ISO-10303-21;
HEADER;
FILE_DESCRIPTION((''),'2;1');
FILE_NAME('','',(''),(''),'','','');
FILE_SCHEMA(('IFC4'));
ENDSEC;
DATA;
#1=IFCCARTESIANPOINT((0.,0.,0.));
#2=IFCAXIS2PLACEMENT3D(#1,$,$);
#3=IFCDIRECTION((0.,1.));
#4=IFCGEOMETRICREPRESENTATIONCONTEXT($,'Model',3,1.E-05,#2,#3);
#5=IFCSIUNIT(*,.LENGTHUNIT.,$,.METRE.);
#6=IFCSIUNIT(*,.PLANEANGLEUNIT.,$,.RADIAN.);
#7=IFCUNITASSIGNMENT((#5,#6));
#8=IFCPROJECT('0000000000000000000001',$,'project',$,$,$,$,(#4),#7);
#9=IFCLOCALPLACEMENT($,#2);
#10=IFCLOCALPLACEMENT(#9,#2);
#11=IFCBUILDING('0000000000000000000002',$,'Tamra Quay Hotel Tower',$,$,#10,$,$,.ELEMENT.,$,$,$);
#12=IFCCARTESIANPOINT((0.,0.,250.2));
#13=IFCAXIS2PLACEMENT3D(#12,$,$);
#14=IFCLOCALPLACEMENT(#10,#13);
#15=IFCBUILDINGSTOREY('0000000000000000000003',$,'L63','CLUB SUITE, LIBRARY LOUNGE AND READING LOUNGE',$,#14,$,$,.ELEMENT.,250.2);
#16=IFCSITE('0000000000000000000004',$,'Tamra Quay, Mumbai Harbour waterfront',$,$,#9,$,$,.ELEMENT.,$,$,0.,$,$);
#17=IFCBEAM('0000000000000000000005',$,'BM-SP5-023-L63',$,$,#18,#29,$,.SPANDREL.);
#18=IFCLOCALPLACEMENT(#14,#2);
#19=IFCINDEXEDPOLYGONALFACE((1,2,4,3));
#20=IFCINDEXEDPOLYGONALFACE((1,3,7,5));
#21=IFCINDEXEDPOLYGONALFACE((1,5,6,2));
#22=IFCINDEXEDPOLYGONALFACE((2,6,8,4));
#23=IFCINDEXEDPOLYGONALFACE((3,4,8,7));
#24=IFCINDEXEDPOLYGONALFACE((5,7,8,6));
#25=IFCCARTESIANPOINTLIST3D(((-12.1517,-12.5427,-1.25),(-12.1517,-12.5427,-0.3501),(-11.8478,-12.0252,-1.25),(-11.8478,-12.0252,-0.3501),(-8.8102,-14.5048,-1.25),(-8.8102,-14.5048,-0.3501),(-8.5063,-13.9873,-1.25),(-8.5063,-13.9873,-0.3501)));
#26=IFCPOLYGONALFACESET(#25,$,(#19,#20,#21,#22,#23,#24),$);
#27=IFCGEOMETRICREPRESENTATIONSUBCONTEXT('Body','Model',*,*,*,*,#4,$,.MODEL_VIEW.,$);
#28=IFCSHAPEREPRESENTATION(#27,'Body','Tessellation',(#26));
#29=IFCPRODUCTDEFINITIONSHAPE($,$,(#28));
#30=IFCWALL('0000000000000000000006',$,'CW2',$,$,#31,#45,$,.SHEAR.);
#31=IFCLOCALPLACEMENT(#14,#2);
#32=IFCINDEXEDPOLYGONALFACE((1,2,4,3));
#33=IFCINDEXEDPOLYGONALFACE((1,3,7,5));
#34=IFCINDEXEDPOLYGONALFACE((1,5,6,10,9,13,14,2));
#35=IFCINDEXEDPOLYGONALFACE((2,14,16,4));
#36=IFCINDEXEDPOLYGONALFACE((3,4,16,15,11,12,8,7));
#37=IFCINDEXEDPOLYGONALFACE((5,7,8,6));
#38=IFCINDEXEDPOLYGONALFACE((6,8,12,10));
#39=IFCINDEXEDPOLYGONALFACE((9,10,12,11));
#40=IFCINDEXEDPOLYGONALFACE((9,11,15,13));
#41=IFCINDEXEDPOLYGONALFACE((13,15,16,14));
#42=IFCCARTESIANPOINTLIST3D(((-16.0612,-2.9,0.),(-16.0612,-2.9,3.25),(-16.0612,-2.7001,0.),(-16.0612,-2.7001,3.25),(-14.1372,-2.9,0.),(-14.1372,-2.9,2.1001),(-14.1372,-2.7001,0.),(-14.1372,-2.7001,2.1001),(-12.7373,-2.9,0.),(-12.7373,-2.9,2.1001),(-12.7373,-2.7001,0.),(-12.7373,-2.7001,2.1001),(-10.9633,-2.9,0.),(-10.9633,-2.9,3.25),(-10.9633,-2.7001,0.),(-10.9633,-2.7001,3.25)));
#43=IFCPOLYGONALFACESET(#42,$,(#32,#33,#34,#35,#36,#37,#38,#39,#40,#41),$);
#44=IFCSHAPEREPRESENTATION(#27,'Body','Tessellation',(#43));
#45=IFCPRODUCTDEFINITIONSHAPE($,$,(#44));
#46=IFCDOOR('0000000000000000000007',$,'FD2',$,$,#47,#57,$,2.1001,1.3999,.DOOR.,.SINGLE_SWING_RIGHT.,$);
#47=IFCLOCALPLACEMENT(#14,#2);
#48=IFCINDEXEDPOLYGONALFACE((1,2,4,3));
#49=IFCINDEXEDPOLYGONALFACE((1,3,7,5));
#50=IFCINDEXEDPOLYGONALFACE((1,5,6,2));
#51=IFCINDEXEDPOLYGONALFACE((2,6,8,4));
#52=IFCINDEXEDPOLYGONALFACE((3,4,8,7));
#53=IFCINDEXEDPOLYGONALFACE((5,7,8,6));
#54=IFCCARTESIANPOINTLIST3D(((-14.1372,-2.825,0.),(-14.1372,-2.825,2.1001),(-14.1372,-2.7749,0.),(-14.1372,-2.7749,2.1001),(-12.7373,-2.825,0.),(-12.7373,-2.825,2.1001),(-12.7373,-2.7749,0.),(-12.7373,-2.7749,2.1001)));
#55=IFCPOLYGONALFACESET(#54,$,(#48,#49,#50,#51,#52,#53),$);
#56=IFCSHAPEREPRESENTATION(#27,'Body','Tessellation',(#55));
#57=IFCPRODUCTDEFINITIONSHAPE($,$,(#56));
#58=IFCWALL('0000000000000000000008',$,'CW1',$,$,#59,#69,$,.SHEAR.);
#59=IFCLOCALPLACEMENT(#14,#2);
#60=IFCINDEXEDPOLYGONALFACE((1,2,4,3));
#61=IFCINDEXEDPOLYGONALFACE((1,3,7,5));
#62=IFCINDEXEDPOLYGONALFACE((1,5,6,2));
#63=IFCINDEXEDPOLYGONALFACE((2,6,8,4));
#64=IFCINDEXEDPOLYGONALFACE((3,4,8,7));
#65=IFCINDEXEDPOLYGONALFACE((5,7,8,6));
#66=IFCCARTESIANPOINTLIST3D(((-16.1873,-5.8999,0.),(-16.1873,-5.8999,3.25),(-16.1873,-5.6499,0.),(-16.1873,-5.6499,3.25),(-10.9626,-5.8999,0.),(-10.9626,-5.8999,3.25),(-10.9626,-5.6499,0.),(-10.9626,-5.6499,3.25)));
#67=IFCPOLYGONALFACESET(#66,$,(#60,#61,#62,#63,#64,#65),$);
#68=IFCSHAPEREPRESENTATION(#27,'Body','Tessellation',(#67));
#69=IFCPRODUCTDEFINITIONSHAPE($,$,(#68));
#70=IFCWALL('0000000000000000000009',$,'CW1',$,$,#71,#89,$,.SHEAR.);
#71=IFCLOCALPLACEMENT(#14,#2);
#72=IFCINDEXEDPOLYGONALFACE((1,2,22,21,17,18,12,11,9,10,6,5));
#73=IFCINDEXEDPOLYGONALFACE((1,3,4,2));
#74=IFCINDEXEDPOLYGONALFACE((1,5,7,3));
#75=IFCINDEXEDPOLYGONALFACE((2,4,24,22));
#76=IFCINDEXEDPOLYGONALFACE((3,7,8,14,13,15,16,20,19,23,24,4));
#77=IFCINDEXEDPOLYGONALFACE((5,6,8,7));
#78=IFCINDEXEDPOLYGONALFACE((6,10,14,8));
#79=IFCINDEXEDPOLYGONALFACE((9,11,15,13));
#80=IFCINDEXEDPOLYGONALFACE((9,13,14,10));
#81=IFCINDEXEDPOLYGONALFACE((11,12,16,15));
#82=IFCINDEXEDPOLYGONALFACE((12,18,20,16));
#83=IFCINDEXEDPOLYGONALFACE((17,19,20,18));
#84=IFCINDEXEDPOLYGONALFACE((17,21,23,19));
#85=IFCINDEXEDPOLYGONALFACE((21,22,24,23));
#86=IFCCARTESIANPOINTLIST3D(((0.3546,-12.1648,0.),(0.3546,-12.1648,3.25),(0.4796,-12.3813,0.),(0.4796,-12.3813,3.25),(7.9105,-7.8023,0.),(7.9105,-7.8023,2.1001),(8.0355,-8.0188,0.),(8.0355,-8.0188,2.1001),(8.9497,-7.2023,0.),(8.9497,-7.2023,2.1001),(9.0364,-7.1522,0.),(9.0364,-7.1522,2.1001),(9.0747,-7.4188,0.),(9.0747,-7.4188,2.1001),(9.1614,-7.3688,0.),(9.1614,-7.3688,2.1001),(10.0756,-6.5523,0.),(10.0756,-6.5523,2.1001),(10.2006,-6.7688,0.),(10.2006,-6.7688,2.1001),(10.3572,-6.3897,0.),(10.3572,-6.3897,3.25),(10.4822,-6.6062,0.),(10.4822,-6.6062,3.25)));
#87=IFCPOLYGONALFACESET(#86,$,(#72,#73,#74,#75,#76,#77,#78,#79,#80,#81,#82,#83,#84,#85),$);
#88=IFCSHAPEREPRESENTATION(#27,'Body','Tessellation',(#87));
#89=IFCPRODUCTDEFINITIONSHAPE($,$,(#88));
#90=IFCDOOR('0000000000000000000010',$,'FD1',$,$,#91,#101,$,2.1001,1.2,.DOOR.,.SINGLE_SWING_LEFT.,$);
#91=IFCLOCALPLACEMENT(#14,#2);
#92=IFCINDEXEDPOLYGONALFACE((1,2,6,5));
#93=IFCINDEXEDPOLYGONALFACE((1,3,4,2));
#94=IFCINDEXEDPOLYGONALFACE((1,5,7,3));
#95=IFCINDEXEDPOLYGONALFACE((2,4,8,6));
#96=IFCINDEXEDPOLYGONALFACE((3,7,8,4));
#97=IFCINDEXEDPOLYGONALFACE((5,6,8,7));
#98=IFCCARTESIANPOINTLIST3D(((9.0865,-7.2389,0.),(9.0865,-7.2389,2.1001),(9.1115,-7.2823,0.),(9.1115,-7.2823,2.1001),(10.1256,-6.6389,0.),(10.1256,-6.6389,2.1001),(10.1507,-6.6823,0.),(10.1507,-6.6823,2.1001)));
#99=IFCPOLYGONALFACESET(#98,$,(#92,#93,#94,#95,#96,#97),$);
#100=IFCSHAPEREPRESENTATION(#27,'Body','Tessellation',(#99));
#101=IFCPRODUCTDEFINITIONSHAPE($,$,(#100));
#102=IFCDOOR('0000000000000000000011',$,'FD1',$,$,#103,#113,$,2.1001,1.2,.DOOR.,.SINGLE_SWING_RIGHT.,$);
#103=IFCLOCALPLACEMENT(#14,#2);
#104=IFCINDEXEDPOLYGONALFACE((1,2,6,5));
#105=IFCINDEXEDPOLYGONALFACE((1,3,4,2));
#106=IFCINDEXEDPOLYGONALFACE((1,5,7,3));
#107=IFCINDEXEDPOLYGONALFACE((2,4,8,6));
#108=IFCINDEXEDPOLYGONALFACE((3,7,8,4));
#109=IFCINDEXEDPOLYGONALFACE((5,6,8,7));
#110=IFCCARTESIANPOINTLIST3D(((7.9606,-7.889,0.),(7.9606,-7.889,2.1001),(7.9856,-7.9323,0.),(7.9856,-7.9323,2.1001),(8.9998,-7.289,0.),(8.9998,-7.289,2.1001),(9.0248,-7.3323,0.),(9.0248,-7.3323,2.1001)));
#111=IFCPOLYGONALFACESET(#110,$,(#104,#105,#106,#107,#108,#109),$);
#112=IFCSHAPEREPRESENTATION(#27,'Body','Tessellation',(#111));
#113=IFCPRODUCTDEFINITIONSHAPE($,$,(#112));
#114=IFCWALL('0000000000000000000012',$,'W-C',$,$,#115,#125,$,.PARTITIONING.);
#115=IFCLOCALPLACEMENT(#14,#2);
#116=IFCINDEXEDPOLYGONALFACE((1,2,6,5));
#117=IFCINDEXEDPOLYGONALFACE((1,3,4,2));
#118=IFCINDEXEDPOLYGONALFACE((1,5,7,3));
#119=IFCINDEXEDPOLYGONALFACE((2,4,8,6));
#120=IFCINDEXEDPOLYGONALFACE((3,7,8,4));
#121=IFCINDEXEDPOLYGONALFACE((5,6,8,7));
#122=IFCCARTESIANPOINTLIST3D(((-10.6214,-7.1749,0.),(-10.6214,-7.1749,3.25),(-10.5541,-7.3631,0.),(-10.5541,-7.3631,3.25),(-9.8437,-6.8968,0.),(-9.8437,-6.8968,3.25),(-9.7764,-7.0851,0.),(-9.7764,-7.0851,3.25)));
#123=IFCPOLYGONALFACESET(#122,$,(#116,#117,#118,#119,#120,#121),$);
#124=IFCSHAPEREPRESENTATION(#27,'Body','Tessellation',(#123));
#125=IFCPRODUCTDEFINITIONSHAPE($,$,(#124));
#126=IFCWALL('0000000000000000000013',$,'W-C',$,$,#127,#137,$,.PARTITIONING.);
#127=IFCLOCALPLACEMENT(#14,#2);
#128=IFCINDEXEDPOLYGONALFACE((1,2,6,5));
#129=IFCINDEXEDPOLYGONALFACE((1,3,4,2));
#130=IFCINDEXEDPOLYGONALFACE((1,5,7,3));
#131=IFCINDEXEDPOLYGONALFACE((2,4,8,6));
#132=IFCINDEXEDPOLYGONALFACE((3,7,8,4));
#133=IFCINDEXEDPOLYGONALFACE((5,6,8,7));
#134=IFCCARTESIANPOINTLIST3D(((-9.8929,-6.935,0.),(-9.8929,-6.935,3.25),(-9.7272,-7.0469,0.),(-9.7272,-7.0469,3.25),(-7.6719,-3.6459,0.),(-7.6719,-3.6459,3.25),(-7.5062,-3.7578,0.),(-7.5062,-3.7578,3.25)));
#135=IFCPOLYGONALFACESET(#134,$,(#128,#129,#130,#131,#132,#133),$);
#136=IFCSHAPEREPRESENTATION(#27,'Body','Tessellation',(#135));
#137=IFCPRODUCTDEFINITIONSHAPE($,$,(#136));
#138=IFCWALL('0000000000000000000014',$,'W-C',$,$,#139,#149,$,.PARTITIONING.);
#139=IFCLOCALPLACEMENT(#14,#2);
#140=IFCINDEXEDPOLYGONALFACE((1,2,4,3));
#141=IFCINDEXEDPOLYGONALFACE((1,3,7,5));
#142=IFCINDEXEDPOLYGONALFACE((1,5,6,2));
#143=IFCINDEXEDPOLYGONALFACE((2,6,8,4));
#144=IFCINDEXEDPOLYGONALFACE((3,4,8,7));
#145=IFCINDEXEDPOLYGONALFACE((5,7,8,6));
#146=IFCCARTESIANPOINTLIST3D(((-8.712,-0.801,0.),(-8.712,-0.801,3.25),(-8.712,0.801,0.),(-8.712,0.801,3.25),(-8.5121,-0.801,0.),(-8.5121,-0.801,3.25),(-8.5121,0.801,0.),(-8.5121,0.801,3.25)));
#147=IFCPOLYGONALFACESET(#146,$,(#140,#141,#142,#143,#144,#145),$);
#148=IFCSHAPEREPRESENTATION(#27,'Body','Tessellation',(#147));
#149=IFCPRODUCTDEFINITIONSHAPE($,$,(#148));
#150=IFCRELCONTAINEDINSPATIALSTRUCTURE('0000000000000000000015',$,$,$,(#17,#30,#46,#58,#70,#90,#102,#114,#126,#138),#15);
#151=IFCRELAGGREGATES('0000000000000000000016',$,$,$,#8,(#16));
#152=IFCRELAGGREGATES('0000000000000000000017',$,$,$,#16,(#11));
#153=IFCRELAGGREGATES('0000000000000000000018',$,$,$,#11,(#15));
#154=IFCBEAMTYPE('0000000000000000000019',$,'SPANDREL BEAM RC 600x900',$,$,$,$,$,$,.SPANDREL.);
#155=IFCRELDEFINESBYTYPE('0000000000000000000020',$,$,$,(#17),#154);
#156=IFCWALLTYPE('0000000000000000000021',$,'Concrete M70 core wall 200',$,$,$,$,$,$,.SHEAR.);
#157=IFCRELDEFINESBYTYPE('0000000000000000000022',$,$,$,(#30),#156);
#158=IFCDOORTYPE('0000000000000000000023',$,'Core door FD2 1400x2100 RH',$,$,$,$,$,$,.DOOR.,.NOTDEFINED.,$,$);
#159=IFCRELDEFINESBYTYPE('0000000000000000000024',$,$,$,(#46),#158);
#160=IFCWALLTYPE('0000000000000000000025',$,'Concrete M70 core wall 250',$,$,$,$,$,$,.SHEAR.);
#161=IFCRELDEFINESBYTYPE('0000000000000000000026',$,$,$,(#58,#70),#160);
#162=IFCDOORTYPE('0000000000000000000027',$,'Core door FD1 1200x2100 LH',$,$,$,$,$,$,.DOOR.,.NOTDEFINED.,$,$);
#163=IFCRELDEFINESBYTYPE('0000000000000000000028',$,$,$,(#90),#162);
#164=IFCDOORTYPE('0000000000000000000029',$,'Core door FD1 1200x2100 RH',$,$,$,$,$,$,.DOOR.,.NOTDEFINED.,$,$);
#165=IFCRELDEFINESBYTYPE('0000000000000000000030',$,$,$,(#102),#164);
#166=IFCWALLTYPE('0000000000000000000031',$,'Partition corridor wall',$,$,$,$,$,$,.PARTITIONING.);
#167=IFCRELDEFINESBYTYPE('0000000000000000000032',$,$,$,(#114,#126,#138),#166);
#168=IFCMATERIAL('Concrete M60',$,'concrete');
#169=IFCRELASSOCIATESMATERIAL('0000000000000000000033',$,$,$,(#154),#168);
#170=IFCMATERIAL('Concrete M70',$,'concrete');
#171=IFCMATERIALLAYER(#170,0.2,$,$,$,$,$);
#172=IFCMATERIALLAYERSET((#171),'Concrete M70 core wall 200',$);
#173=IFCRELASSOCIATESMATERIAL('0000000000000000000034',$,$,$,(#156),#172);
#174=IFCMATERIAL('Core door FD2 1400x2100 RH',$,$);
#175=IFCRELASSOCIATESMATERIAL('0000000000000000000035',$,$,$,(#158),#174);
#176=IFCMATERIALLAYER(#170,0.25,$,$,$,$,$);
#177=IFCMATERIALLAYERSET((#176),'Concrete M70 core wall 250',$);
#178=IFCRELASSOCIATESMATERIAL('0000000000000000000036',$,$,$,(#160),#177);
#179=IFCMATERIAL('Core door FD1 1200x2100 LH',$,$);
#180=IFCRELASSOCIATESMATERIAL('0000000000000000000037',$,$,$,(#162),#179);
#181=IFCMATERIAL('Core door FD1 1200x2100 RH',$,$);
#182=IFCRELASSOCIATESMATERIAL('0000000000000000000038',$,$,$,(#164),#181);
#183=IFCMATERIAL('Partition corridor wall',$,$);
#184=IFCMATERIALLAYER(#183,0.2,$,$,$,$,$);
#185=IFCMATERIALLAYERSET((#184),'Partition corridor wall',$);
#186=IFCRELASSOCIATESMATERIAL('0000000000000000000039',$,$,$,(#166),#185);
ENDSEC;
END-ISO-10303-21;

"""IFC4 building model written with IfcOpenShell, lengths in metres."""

from ifc_helpers import new_model, si_unit, direction, frame, frame_2d, origin, origin_2d, place, context, subcontext, project, spatial, rectangle, extrude, material, layer, layer_set, material_profile, profile_set, type_object, element, fill, save


model = new_model("IFC4")

# Units and contexts
model_context = context("Model", 3, precision=1e-05, world=origin(), true_north=direction((0.0, 1.0)))
body_context = subcontext(model_context, "Body", "Model", "MODEL_VIEW")
ifc_project = project(units=[si_unit("LENGTHUNIT", "METRE"), si_unit("PLANEANGLEUNIT", "RADIAN")], contexts=[model_context])

# Site, building, storey
site_placement = place(None, origin())
site = spatial("IfcSite", under=ifc_project, at=site_placement, Name="Tamra Quay, Mumbai Harbour waterfront", CompositionType="ELEMENT", RefElevation=0.0)
building_placement = place(site_placement, origin())
building = spatial("IfcBuilding", under=site, at=building_placement, Name="Tamra Quay Hotel Tower", CompositionType="ELEMENT")
storey_placement = place(building_placement, frame((0.0, 0.0, 250.2)))
storey = spatial("IfcBuildingStorey", under=building, at=storey_placement, Name="L63", Description="CLUB SUITE, LIBRARY LOUNGE AND READING LOUNGE", CompositionType="ELEMENT", Elevation=250.2)

# Beam
ifc_material_1 = material(Name="Concrete M60", Category="concrete")
ifc_material_profile = material_profile(ifc_material_1, rectangle(XDim=0.6001, YDim=0.8999, at=origin_2d()), Name="SPANDREL BEAM RC 600x900")
ifc_profile_set = profile_set([ifc_material_profile], Name="Concrete M60")
beam_type = type_object("IfcBeamType", Name="SPANDREL BEAM RC 600x900", PredefinedType="SPANDREL", material=ifc_profile_set)
beam_placement = place(storey_placement, frame((-11.9998, -12.2839, -0.8), z_axis=(0.862324, -0.506356, 0.0), x_axis=(0.506356, 0.862324, 0.0)))
element("IfcBeam", 1, at=beam_placement, inside=storey, type_object=beam_type, Name="BM-SP5-023-L63", PredefinedType="SPANDREL", context=body_context, shape_type="SweptSolid", body=[
    extrude(rectangle(XDim=0.6001, YDim=0.8999, at=origin_2d()), origin(), (0.0, 0.0, 1.0), 3.875),
])

# Wall, opening, door
ifc_material_2 = material(Name="Concrete M70", Category="concrete")
ifc_layer_1 = layer(ifc_material_2, 0.2)
ifc_layer_set_1 = layer_set([ifc_layer_1], Name="Concrete M70 core wall 200")
wall_type_1 = type_object("IfcWallType", Name="Concrete M70 core wall 200", PredefinedType="SHEAR", material=ifc_layer_set_1)
wall_1_placement = place(storey_placement, frame((-10.9634, -2.8, 0.0), z_axis=(0.0, 0.0, 1.0), x_axis=(-1.0, 0.0, 0.0)))
wall_1 = element("IfcWall", 2, at=wall_1_placement, inside=storey, type_object=wall_type_1, Name="CW2", PredefinedType="SHEAR", context=body_context, shape_type="SweptSolid", body=[
    extrude(rectangle(XDim=5.0979, YDim=0.2, at=frame_2d((2.5488, 0.0))), origin(), (0.0, 0.0, 1.0), 3.25),
])
opening_1_placement = place(wall_1_placement, frame((1.7739, 0.0, 0.0)))
opening_1 = element("IfcOpeningElement", 3, at=opening_1_placement, cuts=wall_1, PredefinedType="OPENING", context=body_context, shape_type="SweptSolid", body=[
    extrude(rectangle(XDim=1.3999, YDim=2.1001, at=frame_2d((0.7, 1.05))), frame((0.0, 0.1099, 0.0), z_axis=(0.0, -1.0, 0.0), x_axis=(1.0, 0.0, 0.0)), (0.0, 0.0, 1.0), 0.22),
])
ifc_material_3 = material(Name="Core door FD2 1400x2100 RH")
door_type_1 = type_object("IfcDoorType", Name="Core door FD2 1400x2100 RH", OperationType="NOTDEFINED", PredefinedType="DOOR", material=ifc_material_3)
door_1_placement = place(opening_1_placement, origin())
door_1 = element("IfcDoor", 4, at=door_1_placement, inside=storey, type_object=door_type_1, Name="FD2", OperationType="SINGLE_SWING_RIGHT", OverallHeight=2.1001, OverallWidth=1.3999, PredefinedType="DOOR", context=body_context, shape_type="SweptSolid", body=[
    extrude(rectangle(XDim=1.3999, YDim=2.1001, at=frame_2d((0.7, 1.05))), frame((0.0, 0.0249, 0.0), z_axis=(0.0, -1.0, 0.0), x_axis=(1.0, 0.0, 0.0)), (0.0, 0.0, 1.0), 0.05),
])
fill(opening_1, door_1)

# Wall
ifc_layer_2 = layer(ifc_material_2, 0.25)
ifc_layer_set_2 = layer_set([ifc_layer_2], Name="Concrete M70 core wall 250")
wall_type_2 = type_object("IfcWallType", Name="Concrete M70 core wall 250", PredefinedType="SHEAR", material=ifc_layer_set_2)
wall_2_placement = place(storey_placement, frame((-10.9626, -5.7749, 0.0), z_axis=(0.0, 0.0, 1.0), x_axis=(-1.0, 0.0, 0.0)))
element("IfcWall", 5, at=wall_2_placement, inside=storey, type_object=wall_type_2, Name="CW1", PredefinedType="SHEAR", context=body_context, shape_type="SweptSolid", body=[
    extrude(rectangle(XDim=5.2246, YDim=0.25, at=frame_2d((2.6123, 0.0))), origin(), (0.0, 0.0, 1.0), 3.25),
])

# Wall, openings, doors
wall_3_placement = place(storey_placement, frame((0.4172, -12.2729, 0.0), z_axis=(0.0, 0.0, 1.0), x_axis=(0.866022, 0.500006, 0.0)))
wall_3 = element("IfcWall", 6, at=wall_3_placement, inside=storey, type_object=wall_type_2, Name="CW1", PredefinedType="SHEAR", context=body_context, shape_type="SweptSolid", body=[
    extrude(rectangle(XDim=11.55, YDim=0.25, at=frame_2d((5.7749, 0.0))), origin(), (0.0, 0.0, 1.0), 3.25),
])
opening_2_placement = place(wall_3_placement, frame((10.0247, 0.0, 0.0)))
opening_2 = element("IfcOpeningElement", 7, at=opening_2_placement, cuts=wall_3, PredefinedType="OPENING", context=body_context, shape_type="SweptSolid", body=[
    extrude(rectangle(XDim=1.2, YDim=2.1001, at=frame_2d((0.6001, 1.05))), frame((0.0, 0.135, 0.0), z_axis=(0.0, -1.0, 0.0), x_axis=(1.0, 0.0, 0.0)), (0.0, 0.0, 1.0), 0.27),
])
opening_3_placement = place(wall_3_placement, frame((8.7246, 0.0, 0.0)))
opening_3 = element("IfcOpeningElement", 8, at=opening_3_placement, cuts=wall_3, PredefinedType="OPENING", context=body_context, shape_type="SweptSolid", body=[
    extrude(rectangle(XDim=1.2, YDim=2.1001, at=frame_2d((0.6001, 1.05))), frame((0.0, 0.135, 0.0), z_axis=(0.0, -1.0, 0.0), x_axis=(1.0, 0.0, 0.0)), (0.0, 0.0, 1.0), 0.27),
])
ifc_material_4 = material(Name="Core door FD1 1200x2100 LH")
door_type_2 = type_object("IfcDoorType", Name="Core door FD1 1200x2100 LH", OperationType="NOTDEFINED", PredefinedType="DOOR", material=ifc_material_4)
door_2_placement = place(opening_2_placement, origin())
door_2 = element("IfcDoor", 9, at=door_2_placement, inside=storey, type_object=door_type_2, Name="FD1", OperationType="SINGLE_SWING_LEFT", OverallHeight=2.1001, OverallWidth=1.2, PredefinedType="DOOR", context=body_context, shape_type="SweptSolid", body=[
    extrude(rectangle(XDim=1.2, YDim=2.1001, at=frame_2d((0.6001, 1.05))), frame((0.0, 0.0249, 0.0), z_axis=(0.0, -1.0, 0.0), x_axis=(1.0, 0.0, 0.0)), (0.0, 0.0, 1.0), 0.05),
])
fill(opening_2, door_2)
ifc_material_5 = material(Name="Core door FD1 1200x2100 RH")
door_type_3 = type_object("IfcDoorType", Name="Core door FD1 1200x2100 RH", OperationType="NOTDEFINED", PredefinedType="DOOR", material=ifc_material_5)
door_3_placement = place(opening_3_placement, origin())
door_3 = element("IfcDoor", 10, at=door_3_placement, inside=storey, type_object=door_type_3, Name="FD1", OperationType="SINGLE_SWING_RIGHT", OverallHeight=2.1001, OverallWidth=1.2, PredefinedType="DOOR", context=body_context, shape_type="SweptSolid", body=[
    extrude(rectangle(XDim=1.2, YDim=2.1001, at=frame_2d((0.6001, 1.05))), frame((0.0, 0.0249, 0.0), z_axis=(0.0, -1.0, 0.0), x_axis=(1.0, 0.0, 0.0)), (0.0, 0.0, 1.0), 0.05),
])
fill(opening_3, door_3)

# Walls
ifc_material_6 = material(Name="Partition corridor wall")
ifc_layer_3 = layer(ifc_material_6, 0.2)
ifc_layer_set_3 = layer_set([ifc_layer_3], Name="Partition corridor wall")
wall_type_3 = type_object("IfcWallType", Name="Partition corridor wall", PredefinedType="PARTITIONING", material=ifc_layer_set_3)
wall_4_placement = place(storey_placement, frame((-10.5879, -7.269, 0.0), z_axis=(0.0, 0.0, 1.0), x_axis=(0.941635, 0.336636, 0.0)))
element("IfcWall", 11, at=wall_4_placement, inside=storey, type_object=wall_type_3, Name="W-C", PredefinedType="PARTITIONING", context=body_context, shape_type="SweptSolid", body=[
    extrude(rectangle(XDim=0.8259, YDim=0.2, at=frame_2d((0.4131, 0.0))), origin(), (0.0, 0.0, 1.0), 3.25),
])
wall_5_placement = place(storey_placement, frame((-9.8101, -6.991, 0.0), z_axis=(0.0, 0.0, 1.0), x_axis=(0.559617, 0.828752, 0.0)))
element("IfcWall", 12, at=wall_5_placement, inside=storey, type_object=wall_type_3, Name="W-C", PredefinedType="PARTITIONING", context=body_context, shape_type="SweptSolid", body=[
    extrude(rectangle(XDim=3.9688, YDim=0.2, at=frame_2d((1.9844, 0.0))), origin(), (0.0, 0.0, 1.0), 3.25),
])
wall_6_placement = place(storey_placement, frame((-8.6121, -0.801, 0.0), z_axis=(0.0, 0.0, 1.0), x_axis=(0.0, 1.0, 0.0)))
element("IfcWall", 13, at=wall_6_placement, inside=storey, type_object=wall_type_3, Name="W-C", PredefinedType="PARTITIONING", context=body_context, shape_type="SweptSolid", body=[
    extrude(rectangle(XDim=1.6021, YDim=0.2, at=frame_2d((0.801, 0.0))), origin(), (0.0, 0.0, 1.0), 3.25),
])

save(model, "model.ifc")
